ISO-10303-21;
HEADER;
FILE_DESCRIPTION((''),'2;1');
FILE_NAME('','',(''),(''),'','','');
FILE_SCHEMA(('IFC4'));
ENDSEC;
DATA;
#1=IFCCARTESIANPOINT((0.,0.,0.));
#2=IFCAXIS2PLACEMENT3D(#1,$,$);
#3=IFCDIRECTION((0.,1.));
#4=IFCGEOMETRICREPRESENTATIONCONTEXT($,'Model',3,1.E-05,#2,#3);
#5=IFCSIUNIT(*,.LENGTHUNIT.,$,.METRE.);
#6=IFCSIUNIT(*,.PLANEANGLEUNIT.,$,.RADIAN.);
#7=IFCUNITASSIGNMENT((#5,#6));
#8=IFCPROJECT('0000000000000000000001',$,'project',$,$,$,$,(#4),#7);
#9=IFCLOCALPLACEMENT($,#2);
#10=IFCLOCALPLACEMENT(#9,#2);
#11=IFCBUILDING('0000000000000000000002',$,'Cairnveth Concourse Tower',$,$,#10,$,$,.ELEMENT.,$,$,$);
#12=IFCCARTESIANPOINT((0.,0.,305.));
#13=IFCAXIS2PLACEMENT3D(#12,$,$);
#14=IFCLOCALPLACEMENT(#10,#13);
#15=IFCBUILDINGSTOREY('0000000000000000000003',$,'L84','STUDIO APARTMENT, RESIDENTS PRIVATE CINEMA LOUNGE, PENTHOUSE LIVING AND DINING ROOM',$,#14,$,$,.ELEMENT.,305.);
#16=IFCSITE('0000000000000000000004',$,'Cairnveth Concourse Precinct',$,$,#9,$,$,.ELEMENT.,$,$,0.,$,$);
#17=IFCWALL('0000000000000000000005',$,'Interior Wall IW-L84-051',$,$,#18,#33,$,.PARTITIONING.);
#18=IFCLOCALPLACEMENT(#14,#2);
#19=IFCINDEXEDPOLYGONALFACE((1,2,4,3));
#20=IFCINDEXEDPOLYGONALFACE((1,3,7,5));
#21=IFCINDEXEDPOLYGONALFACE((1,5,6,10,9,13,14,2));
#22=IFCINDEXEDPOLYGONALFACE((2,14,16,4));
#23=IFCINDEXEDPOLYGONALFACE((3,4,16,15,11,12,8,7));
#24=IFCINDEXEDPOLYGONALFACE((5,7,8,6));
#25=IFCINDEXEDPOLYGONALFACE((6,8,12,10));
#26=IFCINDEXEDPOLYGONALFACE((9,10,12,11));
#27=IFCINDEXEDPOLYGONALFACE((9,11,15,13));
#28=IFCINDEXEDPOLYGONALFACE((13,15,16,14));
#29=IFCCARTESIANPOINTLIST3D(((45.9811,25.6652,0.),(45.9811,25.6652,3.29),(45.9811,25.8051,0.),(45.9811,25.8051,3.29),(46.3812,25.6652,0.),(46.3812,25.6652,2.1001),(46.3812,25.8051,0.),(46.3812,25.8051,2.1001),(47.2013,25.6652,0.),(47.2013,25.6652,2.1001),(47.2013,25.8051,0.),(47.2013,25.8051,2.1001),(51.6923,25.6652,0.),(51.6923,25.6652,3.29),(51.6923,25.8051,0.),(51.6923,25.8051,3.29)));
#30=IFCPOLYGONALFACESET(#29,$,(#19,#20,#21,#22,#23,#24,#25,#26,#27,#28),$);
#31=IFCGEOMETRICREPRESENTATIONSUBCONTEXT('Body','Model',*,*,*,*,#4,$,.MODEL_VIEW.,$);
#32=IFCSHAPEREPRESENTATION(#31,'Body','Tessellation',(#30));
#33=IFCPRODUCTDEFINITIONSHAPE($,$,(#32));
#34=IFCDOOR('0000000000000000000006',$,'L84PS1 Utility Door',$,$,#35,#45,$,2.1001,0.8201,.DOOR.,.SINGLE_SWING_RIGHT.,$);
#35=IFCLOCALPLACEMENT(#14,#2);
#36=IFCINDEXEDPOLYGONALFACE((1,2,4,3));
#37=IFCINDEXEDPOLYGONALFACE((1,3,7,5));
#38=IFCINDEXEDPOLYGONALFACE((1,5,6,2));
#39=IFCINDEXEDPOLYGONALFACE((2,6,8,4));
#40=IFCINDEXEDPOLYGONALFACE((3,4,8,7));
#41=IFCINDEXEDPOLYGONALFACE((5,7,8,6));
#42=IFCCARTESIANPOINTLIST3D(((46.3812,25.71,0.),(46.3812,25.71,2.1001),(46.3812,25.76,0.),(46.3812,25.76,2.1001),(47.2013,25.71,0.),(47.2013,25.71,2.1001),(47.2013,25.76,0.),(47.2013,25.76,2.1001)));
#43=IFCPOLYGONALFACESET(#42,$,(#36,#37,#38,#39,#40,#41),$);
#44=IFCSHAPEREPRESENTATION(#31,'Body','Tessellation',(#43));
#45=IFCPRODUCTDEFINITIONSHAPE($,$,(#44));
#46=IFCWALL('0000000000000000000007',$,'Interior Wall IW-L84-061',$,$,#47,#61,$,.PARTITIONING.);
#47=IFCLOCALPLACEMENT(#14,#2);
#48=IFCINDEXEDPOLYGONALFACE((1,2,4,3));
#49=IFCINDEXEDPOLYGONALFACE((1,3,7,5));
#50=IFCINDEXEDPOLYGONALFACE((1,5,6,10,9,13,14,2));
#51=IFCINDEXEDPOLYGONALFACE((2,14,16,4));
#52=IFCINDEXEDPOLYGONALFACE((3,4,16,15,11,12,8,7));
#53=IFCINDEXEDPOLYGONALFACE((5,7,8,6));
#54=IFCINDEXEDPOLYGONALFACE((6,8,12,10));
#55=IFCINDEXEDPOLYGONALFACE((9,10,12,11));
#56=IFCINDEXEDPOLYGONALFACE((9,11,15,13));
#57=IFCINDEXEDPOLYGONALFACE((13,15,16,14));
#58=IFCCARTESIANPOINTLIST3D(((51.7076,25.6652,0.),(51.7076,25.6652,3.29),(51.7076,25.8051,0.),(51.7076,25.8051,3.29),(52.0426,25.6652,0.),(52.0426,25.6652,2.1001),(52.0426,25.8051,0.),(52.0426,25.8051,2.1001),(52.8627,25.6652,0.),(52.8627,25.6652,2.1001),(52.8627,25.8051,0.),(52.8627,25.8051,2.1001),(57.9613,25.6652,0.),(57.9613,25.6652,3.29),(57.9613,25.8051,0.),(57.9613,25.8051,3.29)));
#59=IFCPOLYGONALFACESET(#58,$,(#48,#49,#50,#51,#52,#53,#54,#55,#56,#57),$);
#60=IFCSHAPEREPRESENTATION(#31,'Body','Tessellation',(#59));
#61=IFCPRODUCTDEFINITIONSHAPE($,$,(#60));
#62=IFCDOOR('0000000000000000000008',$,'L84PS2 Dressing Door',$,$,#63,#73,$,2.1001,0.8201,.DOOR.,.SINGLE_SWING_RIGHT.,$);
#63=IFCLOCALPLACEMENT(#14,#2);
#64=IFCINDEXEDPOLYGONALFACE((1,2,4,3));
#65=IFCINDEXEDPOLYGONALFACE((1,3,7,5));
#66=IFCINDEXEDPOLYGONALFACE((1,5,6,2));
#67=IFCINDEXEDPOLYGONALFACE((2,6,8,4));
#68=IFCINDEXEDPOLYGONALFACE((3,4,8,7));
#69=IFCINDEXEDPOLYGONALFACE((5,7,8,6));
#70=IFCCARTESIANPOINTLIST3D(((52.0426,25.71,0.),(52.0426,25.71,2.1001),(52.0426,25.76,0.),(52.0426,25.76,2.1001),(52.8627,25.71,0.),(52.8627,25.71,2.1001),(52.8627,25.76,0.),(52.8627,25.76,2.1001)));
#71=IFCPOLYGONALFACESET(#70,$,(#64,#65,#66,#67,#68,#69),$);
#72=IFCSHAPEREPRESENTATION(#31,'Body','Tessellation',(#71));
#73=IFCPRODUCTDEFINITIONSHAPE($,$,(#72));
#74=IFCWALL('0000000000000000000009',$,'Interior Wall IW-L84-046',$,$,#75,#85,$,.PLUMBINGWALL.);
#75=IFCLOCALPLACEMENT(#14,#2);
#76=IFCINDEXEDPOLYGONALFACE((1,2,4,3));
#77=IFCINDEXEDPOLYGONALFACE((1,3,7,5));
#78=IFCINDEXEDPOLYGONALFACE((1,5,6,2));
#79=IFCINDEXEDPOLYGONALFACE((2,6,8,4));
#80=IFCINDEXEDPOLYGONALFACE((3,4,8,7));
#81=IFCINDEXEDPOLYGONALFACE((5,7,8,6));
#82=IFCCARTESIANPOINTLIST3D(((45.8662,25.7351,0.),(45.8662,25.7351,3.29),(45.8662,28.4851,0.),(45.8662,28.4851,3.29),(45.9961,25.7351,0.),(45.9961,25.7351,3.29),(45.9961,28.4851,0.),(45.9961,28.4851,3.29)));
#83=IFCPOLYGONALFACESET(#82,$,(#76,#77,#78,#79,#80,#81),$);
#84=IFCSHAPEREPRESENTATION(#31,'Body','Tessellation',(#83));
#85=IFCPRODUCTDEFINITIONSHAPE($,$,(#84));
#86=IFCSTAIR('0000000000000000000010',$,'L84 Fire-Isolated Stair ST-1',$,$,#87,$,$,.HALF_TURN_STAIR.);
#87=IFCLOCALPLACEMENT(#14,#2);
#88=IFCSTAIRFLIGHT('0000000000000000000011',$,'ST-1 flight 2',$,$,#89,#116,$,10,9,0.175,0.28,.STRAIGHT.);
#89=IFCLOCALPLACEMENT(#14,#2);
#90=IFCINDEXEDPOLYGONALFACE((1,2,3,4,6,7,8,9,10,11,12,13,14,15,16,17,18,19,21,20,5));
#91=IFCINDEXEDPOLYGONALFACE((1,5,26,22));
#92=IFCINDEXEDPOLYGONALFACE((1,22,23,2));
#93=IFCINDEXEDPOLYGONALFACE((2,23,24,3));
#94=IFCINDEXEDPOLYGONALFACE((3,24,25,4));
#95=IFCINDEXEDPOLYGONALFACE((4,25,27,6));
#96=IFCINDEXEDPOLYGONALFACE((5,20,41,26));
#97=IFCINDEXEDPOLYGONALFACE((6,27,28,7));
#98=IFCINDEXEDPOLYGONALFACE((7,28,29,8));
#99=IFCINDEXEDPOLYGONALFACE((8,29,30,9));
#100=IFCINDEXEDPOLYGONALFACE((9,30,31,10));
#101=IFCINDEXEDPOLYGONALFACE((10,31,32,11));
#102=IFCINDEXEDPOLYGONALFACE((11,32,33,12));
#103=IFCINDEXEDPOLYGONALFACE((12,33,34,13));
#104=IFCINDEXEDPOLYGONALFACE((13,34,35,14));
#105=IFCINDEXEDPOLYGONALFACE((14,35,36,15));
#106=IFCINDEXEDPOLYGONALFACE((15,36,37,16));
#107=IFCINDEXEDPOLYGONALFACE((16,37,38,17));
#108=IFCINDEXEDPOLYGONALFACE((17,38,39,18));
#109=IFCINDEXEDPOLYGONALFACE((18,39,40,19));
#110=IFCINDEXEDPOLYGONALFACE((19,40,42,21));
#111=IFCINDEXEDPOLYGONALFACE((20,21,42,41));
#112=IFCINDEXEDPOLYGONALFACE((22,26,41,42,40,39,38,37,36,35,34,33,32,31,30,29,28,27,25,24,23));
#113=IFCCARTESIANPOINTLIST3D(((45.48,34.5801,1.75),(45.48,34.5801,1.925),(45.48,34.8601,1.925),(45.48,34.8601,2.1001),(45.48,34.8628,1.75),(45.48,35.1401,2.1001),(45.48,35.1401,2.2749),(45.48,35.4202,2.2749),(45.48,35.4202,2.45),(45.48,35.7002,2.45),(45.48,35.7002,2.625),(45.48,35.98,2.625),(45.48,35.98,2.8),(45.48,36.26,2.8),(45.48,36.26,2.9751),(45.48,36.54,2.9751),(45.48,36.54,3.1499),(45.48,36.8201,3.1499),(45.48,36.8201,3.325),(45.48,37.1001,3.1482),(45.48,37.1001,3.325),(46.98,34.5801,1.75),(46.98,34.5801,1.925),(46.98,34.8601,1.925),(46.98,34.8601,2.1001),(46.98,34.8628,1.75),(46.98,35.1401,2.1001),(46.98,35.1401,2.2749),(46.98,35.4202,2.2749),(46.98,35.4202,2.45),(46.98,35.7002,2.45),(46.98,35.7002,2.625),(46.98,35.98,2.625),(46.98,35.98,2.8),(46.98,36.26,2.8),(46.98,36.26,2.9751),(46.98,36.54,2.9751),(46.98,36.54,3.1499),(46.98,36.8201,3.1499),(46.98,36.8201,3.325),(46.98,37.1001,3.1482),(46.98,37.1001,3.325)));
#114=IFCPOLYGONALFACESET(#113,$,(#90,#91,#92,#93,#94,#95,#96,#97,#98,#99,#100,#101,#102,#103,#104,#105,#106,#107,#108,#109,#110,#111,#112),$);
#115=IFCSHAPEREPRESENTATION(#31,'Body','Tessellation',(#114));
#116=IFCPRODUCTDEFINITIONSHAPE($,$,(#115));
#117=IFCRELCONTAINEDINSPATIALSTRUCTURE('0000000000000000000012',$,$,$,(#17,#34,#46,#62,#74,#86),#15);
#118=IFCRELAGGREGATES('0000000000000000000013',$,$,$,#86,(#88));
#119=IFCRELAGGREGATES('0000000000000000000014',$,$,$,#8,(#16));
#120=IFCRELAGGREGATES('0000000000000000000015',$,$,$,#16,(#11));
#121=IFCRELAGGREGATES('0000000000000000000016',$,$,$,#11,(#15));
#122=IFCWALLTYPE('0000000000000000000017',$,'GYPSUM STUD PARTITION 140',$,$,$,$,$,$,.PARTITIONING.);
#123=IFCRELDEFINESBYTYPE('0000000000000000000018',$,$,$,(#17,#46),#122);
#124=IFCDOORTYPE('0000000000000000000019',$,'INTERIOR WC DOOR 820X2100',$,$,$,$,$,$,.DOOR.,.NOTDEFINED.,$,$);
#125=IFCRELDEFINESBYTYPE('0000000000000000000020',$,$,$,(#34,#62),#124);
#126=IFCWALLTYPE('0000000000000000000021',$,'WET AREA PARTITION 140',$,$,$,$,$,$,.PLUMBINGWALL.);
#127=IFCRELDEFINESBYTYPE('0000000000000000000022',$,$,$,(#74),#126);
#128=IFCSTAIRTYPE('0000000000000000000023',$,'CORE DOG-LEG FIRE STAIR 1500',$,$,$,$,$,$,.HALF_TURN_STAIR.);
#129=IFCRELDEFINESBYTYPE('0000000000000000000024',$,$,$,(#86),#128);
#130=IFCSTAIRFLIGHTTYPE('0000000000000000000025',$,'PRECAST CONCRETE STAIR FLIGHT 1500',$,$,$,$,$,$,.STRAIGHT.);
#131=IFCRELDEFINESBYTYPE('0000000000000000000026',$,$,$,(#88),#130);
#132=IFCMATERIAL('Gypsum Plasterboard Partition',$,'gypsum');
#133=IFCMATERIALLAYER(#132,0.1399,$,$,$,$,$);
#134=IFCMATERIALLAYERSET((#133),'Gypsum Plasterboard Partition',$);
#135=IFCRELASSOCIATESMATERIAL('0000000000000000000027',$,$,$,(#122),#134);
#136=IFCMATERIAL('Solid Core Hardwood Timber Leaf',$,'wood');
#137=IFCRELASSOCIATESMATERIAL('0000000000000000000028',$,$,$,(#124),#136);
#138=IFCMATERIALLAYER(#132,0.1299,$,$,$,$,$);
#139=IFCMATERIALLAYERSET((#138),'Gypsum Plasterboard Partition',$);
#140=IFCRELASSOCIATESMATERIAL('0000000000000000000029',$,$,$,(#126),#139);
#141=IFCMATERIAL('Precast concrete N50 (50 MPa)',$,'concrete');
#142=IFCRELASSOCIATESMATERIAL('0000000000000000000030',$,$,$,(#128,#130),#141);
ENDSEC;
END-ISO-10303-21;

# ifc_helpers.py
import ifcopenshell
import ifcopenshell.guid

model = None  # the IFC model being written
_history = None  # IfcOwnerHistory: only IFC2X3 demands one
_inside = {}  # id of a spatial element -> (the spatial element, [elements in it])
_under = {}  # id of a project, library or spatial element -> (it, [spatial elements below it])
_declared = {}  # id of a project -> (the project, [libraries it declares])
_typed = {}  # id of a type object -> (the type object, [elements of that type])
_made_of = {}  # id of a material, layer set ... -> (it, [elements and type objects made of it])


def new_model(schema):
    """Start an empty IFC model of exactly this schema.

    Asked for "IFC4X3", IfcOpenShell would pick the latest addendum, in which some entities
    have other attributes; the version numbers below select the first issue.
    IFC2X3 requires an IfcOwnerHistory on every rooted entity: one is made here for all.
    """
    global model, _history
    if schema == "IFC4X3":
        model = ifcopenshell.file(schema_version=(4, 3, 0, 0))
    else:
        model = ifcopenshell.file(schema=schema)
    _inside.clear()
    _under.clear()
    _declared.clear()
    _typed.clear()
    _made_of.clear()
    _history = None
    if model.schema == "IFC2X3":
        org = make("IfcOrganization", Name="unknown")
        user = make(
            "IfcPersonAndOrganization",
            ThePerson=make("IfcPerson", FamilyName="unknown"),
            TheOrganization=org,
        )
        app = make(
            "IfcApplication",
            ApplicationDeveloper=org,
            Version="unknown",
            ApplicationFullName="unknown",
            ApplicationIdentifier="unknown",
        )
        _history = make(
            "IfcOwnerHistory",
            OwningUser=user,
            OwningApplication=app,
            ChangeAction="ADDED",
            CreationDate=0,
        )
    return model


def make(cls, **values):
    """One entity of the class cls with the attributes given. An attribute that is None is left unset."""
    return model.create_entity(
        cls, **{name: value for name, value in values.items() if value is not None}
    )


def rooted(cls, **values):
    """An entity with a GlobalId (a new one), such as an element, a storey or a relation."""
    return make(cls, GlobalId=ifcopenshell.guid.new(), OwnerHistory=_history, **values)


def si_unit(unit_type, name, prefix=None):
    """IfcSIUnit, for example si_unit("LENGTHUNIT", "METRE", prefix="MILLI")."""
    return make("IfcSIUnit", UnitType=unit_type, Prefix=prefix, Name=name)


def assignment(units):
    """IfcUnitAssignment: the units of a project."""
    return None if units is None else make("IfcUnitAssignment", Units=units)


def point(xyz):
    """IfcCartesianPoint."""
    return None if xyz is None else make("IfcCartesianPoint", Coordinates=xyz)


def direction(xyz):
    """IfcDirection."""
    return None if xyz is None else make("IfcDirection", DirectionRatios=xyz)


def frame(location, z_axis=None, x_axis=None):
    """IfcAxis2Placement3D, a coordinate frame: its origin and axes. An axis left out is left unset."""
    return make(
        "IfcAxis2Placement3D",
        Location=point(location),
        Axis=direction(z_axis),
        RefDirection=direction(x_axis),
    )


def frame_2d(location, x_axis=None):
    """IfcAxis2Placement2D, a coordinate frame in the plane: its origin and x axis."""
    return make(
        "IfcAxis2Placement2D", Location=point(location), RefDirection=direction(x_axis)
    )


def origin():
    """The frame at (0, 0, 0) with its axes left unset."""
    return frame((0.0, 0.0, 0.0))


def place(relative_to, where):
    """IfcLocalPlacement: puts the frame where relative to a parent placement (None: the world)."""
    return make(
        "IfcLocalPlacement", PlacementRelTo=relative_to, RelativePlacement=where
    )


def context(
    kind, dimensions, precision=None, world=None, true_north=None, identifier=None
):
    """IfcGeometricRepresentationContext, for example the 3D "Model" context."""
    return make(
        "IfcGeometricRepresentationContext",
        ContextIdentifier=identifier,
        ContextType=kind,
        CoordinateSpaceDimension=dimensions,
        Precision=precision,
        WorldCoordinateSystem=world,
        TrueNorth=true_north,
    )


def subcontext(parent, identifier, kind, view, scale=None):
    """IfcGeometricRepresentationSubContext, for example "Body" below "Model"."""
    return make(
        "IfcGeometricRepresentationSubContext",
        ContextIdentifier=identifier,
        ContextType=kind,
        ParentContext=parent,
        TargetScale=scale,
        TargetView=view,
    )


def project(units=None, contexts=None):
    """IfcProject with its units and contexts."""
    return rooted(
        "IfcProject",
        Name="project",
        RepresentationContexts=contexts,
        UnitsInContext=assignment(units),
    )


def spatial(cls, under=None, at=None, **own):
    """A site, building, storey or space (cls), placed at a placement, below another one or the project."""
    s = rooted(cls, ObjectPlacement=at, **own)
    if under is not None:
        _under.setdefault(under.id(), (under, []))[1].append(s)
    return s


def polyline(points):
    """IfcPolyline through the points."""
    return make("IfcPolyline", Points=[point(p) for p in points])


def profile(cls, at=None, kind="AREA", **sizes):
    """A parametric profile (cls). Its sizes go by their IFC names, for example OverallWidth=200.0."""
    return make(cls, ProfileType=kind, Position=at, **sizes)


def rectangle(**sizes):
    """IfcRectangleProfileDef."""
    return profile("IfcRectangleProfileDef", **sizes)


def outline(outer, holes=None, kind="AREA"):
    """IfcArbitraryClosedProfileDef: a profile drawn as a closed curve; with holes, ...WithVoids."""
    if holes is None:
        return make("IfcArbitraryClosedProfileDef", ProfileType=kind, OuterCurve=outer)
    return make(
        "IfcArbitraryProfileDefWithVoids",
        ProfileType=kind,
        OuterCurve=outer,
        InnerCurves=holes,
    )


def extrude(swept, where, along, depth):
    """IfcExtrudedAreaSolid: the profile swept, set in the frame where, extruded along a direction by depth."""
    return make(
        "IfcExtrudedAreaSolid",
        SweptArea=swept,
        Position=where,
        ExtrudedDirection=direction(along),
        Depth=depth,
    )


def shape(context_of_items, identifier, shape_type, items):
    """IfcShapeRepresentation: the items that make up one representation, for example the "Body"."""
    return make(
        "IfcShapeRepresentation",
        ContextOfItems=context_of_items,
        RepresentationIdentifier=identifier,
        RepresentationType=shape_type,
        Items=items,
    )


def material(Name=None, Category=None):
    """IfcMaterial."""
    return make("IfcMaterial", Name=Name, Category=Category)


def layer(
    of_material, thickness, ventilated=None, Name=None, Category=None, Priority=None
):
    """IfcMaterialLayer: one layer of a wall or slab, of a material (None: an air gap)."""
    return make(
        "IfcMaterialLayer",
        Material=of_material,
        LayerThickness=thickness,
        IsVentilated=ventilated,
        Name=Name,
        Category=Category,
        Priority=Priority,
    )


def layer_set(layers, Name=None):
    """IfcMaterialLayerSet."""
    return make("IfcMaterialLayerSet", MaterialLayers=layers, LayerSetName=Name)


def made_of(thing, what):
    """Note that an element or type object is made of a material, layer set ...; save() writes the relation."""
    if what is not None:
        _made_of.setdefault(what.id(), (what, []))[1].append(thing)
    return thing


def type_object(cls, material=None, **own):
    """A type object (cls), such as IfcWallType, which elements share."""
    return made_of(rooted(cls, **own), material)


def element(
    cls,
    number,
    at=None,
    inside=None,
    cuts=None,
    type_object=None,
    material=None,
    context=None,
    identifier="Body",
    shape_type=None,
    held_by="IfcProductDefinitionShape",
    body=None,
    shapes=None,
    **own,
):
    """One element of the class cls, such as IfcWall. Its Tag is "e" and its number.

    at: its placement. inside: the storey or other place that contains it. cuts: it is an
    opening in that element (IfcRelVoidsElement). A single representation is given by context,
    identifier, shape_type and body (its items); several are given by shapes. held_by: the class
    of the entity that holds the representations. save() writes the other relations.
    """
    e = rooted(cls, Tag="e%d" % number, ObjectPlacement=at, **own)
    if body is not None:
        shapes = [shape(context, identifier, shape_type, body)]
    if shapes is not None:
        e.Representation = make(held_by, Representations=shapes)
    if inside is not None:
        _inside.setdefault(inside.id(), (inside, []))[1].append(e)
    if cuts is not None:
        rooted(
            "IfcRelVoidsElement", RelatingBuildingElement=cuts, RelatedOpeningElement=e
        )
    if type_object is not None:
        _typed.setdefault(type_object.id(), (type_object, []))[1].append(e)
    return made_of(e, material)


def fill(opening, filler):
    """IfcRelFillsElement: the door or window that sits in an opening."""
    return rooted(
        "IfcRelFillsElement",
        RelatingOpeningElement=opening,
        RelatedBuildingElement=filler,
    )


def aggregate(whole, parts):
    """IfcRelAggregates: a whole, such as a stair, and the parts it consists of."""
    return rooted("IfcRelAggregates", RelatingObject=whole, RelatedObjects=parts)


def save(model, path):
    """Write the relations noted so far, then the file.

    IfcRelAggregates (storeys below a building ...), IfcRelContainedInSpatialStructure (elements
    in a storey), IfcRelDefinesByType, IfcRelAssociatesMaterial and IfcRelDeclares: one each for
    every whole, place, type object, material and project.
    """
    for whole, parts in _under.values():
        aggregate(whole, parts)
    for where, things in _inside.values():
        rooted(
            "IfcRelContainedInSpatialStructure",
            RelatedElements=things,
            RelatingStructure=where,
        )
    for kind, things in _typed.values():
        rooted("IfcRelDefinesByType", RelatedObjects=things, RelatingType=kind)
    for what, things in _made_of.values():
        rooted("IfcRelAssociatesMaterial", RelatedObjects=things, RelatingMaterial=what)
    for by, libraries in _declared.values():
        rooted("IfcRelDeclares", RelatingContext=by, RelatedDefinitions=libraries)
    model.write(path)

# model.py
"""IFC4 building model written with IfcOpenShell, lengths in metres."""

from ifc_helpers import new_model, si_unit, direction, frame, frame_2d, origin, place, context, subcontext, project, spatial, polyline, rectangle, outline, extrude, material, layer, layer_set, type_object, element, fill, aggregate, save


model = new_model("IFC4")

# Units and contexts
model_context = context("Model", 3, precision=1e-05, world=origin(), true_north=direction((0.0, 1.0)))
body_context = subcontext(model_context, "Body", "Model", "MODEL_VIEW")
ifc_project = project(units=[si_unit("LENGTHUNIT", "METRE"), si_unit("PLANEANGLEUNIT", "RADIAN")], contexts=[model_context])

# Site, building, storey
site_placement = place(None, origin())
site = spatial("IfcSite", under=ifc_project, at=site_placement, Name="Cairnveth Concourse Precinct", CompositionType="ELEMENT", RefElevation=0.0)
building_placement = place(site_placement, origin())
building = spatial("IfcBuilding", under=site, at=building_placement, Name="Cairnveth Concourse Tower", CompositionType="ELEMENT")
storey_placement = place(building_placement, frame((0.0, 0.0, 305.0)))
storey = spatial("IfcBuildingStorey", under=building, at=storey_placement, Name="L84", Description="STUDIO APARTMENT, RESIDENTS PRIVATE CINEMA LOUNGE, PENTHOUSE LIVING AND DINING ROOM", CompositionType="ELEMENT", Elevation=305.0)

# Shared definitions
ifc_material_1 = material(Name="Gypsum Plasterboard Partition", Category="gypsum")

# Shared definitions
ifc_material_2 = material(Name="Solid Core Hardwood Timber Leaf", Category="wood")

# Walls, openings, doors
ifc_layer_1 = layer(ifc_material_1, 0.1399)
ifc_layer_set_1 = layer_set([ifc_layer_1], Name="Gypsum Plasterboard Partition")
wall_type_1 = type_object("IfcWallType", Name="GYPSUM STUD PARTITION 140", PredefinedType="PARTITIONING", material=ifc_layer_set_1)
wall_1_placement = place(storey_placement, frame((45.9812, 25.7351, 0.0), z_axis=(0.0, 0.0, 1.0), x_axis=(1.0, 0.0, 0.0)))
wall_1 = element("IfcWall", 1, at=wall_1_placement, inside=storey, type_object=wall_type_1, Name="Interior Wall IW-L84-051", PredefinedType="PARTITIONING", context=body_context, shape_type="SweptSolid", body=[
    extrude(rectangle(XDim=5.7112, YDim=0.1399, at=frame_2d((2.8555, 0.0))), origin(), (0.0, 0.0, 1.0), 3.29),
])
opening_1_placement = place(wall_1_placement, frame((0.3999, 0.0, 0.0)))
opening_1 = element("IfcOpeningElement", 2, at=opening_1_placement, cuts=wall_1, PredefinedType="OPENING", context=body_context, shape_type="SweptSolid", body=[
    extrude(rectangle(XDim=0.8201, YDim=2.1001, at=frame_2d((0.4102, 1.05))), frame((0.0, 0.0798, 0.0), z_axis=(0.0, -1.0, 0.0), x_axis=(1.0, 0.0, 0.0)), (0.0, 0.0, 1.0), 0.1599),
])
door_type_1 = type_object("IfcDoorType", Name="INTERIOR WC DOOR 820X2100", OperationType="NOTDEFINED", PredefinedType="DOOR", material=ifc_material_2)
door_1_placement = place(opening_1_placement, origin())
door_1 = element("IfcDoor", 3, at=door_1_placement, inside=storey, type_object=door_type_1, Name="L84PS1 Utility Door", OperationType="SINGLE_SWING_RIGHT", OverallHeight=2.1001, OverallWidth=0.8201, PredefinedType="DOOR", context=body_context, shape_type="SweptSolid", body=[
    extrude(rectangle(XDim=0.8201, YDim=2.1001, at=frame_2d((0.4102, 1.05))), frame((0.0, 0.0249, 0.0), z_axis=(0.0, -1.0, 0.0), x_axis=(1.0, 0.0, 0.0)), (0.0, 0.0, 1.0), 0.05),
])
fill(opening_1, door_1)
wall_2_placement = place(storey_placement, frame((51.7075, 25.7351, 0.0), z_axis=(0.0, 0.0, 1.0), x_axis=(1.0, 0.0, 0.0)))
wall_2 = element("IfcWall", 4, at=wall_2_placement, inside=storey, type_object=wall_type_1, Name="Interior Wall IW-L84-061", PredefinedType="PARTITIONING", context=body_context, shape_type="SweptSolid", body=[
    extrude(rectangle(XDim=6.2537, YDim=0.1399, at=frame_2d((3.127, 0.0))), origin(), (0.0, 0.0, 1.0), 3.29),
])
opening_2_placement = place(wall_2_placement, frame((0.335, 0.0, 0.0)))
opening_2 = element("IfcOpeningElement", 5, at=opening_2_placement, cuts=wall_2, PredefinedType="OPENING", context=body_context, shape_type="SweptSolid", body=[
    extrude(rectangle(XDim=0.8201, YDim=2.1001, at=frame_2d((0.4102, 1.05))), frame((0.0, 0.0798, 0.0), z_axis=(0.0, -1.0, 0.0), x_axis=(1.0, 0.0, 0.0)), (0.0, 0.0, 1.0), 0.1599),
])
door_2_placement = place(opening_2_placement, origin())
door_2 = element("IfcDoor", 6, at=door_2_placement, inside=storey, type_object=door_type_1, Name="L84PS2 Dressing Door", OperationType="SINGLE_SWING_RIGHT", OverallHeight=2.1001, OverallWidth=0.8201, PredefinedType="DOOR", context=body_context, shape_type="SweptSolid", body=[
    extrude(rectangle(XDim=0.8201, YDim=2.1001, at=frame_2d((0.4102, 1.05))), frame((0.0, 0.0249, 0.0), z_axis=(0.0, -1.0, 0.0), x_axis=(1.0, 0.0, 0.0)), (0.0, 0.0, 1.0), 0.05),
])
fill(opening_2, door_2)

# Wall
ifc_layer_2 = layer(ifc_material_1, 0.1299)
ifc_layer_set_2 = layer_set([ifc_layer_2], Name="Gypsum Plasterboard Partition")
wall_type_2 = type_object("IfcWallType", Name="WET AREA PARTITION 140", PredefinedType="PLUMBINGWALL", material=ifc_layer_set_2)
wall_3_placement = place(storey_placement, frame((45.9312, 25.7351, 0.0), z_axis=(0.0, 0.0, 1.0), x_axis=(0.0, 1.0, 0.0)))
element("IfcWall", 7, at=wall_3_placement, inside=storey, type_object=wall_type_2, Name="Interior Wall IW-L84-046", PredefinedType="PLUMBINGWALL", context=body_context, shape_type="SweptSolid", body=[
    extrude(rectangle(XDim=2.75, YDim=0.1299, at=frame_2d((1.375, 0.0))), origin(), (0.0, 0.0, 1.0), 3.29),
])

# Stair, stair flight
ifc_material_3 = material(Name="Precast concrete N50 (50 MPa)", Category="concrete")
stair_type = type_object("IfcStairType", Name="CORE DOG-LEG FIRE STAIR 1500", PredefinedType="HALF_TURN_STAIR", material=ifc_material_3)
stair_placement = place(storey_placement, origin())
stair = element("IfcStair", 8, at=stair_placement, inside=storey, type_object=stair_type, Name="L84 Fire-Isolated Stair ST-1", PredefinedType="HALF_TURN_STAIR")
stair_flight_type = type_object("IfcStairFlightType", Name="PRECAST CONCRETE STAIR FLIGHT 1500", PredefinedType="STRAIGHT", material=ifc_material_3)
stair_flight_placement = place(storey_placement, frame((46.23, 34.5801, 1.75), z_axis=(0.0, 0.0, 1.0), x_axis=(0.0, 1.0, 0.0)))
stair_flight = element("IfcStairFlight", 9, at=stair_flight_placement, type_object=stair_flight_type, Name="ST-1 flight 2", NumberOfRisers=10, NumberOfTreads=9, PredefinedType="STRAIGHT", RiserHeight=0.175, TreadLength=0.28, context=body_context, shape_type="SweptSolid", body=[
    extrude(outline(polyline([(0.0, 0.0), (0.0, 0.175), (0.28, 0.175), (0.28, 0.3501), (0.5601, 0.3501), (0.5601, 0.5249), (0.8401, 0.5249), (0.8401, 0.7), (1.1201, 0.7), (1.1201, 0.875), (1.3999, 0.875), (1.3999, 1.05), (1.6799, 1.05), (1.6799, 1.2251), (1.96, 1.2251), (1.96, 1.3999), (2.24, 1.3999), (2.24, 1.575), (2.52, 1.575), (2.52, 1.75), (2.52, 1.3982), (0.2827, 0.0), (0.0, 0.0)])), frame((0.0, 0.75, 0.0), z_axis=(0.0, -1.0, 0.0), x_axis=(1.0, 0.0, 0.0)), (0.0, 0.0, 1.0), 1.5),
])
aggregate(stair, [stair_flight])

save(model, "model.ifc")
